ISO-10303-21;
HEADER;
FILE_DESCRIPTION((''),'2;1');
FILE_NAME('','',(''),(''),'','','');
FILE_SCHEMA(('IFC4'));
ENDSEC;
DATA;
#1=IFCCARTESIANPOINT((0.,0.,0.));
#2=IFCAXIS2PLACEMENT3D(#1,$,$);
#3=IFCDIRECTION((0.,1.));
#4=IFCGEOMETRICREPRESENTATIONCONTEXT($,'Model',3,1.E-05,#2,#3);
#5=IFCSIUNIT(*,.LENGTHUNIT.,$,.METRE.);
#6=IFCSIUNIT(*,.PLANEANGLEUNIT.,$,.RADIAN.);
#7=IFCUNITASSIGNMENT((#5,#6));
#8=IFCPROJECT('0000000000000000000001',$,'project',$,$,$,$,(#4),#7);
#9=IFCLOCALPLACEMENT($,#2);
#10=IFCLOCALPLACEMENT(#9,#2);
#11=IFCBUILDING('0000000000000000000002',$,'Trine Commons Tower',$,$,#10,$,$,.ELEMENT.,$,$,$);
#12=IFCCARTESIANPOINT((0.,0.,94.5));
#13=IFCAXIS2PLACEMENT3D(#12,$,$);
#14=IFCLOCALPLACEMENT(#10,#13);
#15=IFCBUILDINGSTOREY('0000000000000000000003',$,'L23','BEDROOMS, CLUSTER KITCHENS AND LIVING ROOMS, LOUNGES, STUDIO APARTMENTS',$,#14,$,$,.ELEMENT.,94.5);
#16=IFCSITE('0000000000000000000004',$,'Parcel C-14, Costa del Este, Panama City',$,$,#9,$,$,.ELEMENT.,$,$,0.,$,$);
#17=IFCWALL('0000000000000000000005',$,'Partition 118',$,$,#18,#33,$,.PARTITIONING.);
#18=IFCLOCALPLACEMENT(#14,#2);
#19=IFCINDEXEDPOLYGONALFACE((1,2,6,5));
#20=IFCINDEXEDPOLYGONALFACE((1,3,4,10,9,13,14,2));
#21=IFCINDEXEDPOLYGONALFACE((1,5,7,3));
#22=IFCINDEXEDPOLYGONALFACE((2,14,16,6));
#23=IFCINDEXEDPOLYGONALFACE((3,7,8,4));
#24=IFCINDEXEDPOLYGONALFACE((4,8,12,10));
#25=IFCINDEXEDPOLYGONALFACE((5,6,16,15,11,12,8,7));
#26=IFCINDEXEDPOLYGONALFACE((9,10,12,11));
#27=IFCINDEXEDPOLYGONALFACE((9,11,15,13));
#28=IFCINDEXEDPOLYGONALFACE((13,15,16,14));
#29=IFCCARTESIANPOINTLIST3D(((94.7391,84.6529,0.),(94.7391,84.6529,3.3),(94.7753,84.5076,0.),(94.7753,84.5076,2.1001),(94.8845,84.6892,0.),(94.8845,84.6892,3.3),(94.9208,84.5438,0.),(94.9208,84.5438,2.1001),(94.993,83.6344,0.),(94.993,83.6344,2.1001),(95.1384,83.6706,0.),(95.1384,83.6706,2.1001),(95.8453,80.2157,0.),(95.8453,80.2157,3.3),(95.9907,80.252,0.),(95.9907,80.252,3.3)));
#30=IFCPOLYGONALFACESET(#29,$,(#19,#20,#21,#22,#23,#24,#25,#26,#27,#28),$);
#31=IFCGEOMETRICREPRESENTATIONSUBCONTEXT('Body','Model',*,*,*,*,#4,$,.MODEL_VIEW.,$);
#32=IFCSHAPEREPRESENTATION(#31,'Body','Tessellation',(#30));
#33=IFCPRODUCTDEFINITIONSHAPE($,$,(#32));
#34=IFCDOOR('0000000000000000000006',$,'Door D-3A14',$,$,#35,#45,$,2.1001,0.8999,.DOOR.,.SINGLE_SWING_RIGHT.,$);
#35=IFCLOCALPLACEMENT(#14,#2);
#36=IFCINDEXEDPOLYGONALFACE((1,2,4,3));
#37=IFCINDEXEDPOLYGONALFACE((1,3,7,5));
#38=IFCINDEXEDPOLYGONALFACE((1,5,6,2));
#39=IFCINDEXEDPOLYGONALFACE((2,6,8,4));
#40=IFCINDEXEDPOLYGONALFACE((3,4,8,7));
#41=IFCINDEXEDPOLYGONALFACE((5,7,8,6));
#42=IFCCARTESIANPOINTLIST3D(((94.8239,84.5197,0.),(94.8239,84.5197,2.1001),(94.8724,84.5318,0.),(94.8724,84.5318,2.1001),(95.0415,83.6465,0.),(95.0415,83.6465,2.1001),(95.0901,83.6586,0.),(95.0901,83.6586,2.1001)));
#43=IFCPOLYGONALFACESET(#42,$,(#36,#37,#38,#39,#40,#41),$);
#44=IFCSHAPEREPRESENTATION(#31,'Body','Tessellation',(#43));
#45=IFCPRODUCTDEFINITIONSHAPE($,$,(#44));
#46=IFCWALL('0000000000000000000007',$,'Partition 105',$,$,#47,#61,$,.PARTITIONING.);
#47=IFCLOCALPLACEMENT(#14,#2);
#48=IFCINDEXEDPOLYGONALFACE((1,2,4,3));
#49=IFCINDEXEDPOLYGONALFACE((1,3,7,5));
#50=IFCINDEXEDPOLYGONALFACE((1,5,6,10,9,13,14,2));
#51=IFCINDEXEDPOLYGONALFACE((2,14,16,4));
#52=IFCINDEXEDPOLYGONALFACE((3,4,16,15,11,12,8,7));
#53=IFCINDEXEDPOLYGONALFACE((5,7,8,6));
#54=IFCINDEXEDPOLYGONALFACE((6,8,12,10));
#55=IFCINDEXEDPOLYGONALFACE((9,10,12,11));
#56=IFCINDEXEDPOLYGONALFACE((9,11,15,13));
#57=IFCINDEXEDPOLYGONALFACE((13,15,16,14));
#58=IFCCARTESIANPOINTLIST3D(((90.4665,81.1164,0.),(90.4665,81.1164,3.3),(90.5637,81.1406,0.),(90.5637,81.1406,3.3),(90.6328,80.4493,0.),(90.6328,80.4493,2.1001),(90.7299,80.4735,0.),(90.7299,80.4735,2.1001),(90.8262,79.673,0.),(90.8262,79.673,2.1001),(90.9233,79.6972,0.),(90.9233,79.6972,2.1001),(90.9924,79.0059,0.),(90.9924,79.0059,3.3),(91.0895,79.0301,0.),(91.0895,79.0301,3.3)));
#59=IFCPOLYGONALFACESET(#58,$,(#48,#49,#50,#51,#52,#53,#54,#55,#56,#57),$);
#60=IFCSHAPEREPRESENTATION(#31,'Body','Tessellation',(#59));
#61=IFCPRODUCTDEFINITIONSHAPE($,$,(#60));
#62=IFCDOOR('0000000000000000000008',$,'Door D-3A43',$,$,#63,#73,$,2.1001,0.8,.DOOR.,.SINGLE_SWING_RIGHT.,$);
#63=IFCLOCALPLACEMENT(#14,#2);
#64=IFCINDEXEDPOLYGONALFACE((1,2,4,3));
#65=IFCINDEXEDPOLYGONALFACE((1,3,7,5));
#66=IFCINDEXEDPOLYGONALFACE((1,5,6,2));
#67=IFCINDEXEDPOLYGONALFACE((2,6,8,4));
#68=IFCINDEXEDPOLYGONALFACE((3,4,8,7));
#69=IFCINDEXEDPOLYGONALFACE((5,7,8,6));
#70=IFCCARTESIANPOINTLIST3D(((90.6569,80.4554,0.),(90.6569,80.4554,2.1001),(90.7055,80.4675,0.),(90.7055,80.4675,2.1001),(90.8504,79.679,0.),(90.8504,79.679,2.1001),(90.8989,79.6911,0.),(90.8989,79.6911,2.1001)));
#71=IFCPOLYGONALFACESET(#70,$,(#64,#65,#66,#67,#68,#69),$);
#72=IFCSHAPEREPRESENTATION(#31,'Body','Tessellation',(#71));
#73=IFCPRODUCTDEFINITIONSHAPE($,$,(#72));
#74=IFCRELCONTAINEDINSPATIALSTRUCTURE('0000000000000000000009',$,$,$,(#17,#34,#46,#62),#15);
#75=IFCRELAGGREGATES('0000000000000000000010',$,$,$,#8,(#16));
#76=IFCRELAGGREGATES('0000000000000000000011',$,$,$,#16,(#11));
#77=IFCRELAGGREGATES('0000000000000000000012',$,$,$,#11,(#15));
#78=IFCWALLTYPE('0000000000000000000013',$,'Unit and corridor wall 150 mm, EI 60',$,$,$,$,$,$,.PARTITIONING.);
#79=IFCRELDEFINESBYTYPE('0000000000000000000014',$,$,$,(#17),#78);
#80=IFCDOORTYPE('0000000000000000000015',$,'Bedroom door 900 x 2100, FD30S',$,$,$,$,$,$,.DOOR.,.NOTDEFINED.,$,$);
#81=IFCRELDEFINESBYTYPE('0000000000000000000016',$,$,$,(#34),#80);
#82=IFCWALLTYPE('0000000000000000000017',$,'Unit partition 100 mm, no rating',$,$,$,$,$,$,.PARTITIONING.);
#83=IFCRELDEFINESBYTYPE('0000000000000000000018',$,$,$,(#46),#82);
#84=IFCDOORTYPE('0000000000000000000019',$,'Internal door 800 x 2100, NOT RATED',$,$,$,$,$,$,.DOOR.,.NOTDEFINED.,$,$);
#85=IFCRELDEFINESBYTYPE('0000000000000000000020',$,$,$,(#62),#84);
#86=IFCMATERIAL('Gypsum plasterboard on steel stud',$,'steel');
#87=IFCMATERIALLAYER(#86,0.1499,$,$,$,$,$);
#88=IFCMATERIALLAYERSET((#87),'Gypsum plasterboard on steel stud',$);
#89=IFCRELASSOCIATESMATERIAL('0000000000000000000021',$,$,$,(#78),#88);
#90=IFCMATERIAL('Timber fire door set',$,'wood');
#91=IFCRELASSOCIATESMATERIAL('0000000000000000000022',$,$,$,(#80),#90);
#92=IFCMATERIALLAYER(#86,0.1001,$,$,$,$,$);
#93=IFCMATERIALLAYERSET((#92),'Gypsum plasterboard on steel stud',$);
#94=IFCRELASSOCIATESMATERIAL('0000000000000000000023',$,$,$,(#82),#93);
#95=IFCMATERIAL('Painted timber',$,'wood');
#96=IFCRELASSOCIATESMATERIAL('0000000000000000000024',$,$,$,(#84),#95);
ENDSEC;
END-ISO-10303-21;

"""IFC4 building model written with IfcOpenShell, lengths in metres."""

from ifc_helpers import new_model, si_unit, direction, frame, frame_2d, origin, place, context, subcontext, project, spatial, rectangle, extrude, material, layer, layer_set, type_object, element, fill, save


model = new_model("IFC4")

# Units and contexts
model_context = context("Model", 3, precision=1e-05, world=origin(), true_north=direction((0.0, 1.0)))
body_context = subcontext(model_context, "Body", "Model", "MODEL_VIEW")
ifc_project = project(units=[si_unit("LENGTHUNIT", "METRE"), si_unit("PLANEANGLEUNIT", "RADIAN")], contexts=[model_context])

# Site, building, storey
site_placement = place(None, origin())
site = spatial("IfcSite", under=ifc_project, at=site_placement, Name="Parcel C-14, Costa del Este, Panama City", CompositionType="ELEMENT", RefElevation=0.0)
building_placement = place(site_placement, origin())
building = spatial("IfcBuilding", under=site, at=building_placement, Name="Trine Commons Tower", CompositionType="ELEMENT")
storey_placement = place(building_placement, frame((0.0, 0.0, 94.5)))
storey = spatial("IfcBuildingStorey", under=building, at=storey_placement, Name="L23", Description="BEDROOMS, CLUSTER KITCHENS AND LIVING ROOMS, LOUNGES, STUDIO APARTMENTS", CompositionType="ELEMENT", Elevation=94.5)

# Shared definitions
ifc_material_1 = material(Name="Gypsum plasterboard on steel stud", Category="steel")
ifc_layer_1 = layer(ifc_material_1, 0.1499)
ifc_layer_set_1 = layer_set([ifc_layer_1], Name="Gypsum plasterboard on steel stud")
wall_type_1 = type_object("IfcWallType", Name="Unit and corridor wall 150 mm, EI 60", PredefinedType="PARTITIONING", material=ifc_layer_set_1)

# Walls, openings, doors
wall_1_placement = place(storey_placement, frame((94.8118, 84.6711, 0.0), z_axis=(0.0, 0.0, 1.0), x_axis=(0.241895, -0.970302, 0.0)))
wall_1 = element("IfcWall", 1, at=wall_1_placement, inside=storey, type_object=wall_type_1, Name="Partition 118", PredefinedType="PARTITIONING", context=body_context, shape_type="SweptSolid", body=[
    extrude(rectangle(XDim=4.573, YDim=0.1499, at=frame_2d((2.2866, 0.0))), origin(), (0.0, 0.0, 1.0), 3.3),
])
opening_1_placement = place(wall_1_placement, frame((0.1499, 0.0, 0.0)))
opening_1 = element("IfcOpeningElement", 2, at=opening_1_placement, cuts=wall_1, PredefinedType="OPENING", context=body_context, shape_type="SweptSolid", body=[
    extrude(rectangle(XDim=0.8999, YDim=2.1001, at=frame_2d((0.45, 1.05))), frame((0.0, 0.085, 0.0), z_axis=(0.0, -1.0, 0.0), x_axis=(1.0, 0.0, 0.0)), (0.0, 0.0, 1.0), 0.1699),
])
ifc_material_2 = material(Name="Timber fire door set", Category="wood")
door_type_1 = type_object("IfcDoorType", Name="Bedroom door 900 x 2100, FD30S", OperationType="NOTDEFINED", PredefinedType="DOOR", material=ifc_material_2)
door_1_placement = place(opening_1_placement, frame((0.8999, 0.0, 0.0), z_axis=(0.0, 0.0, 1.0), x_axis=(-1.0, 0.0, 0.0)))
door_1 = element("IfcDoor", 3, at=door_1_placement, inside=storey, type_object=door_type_1, Name="Door D-3A14", OperationType="SINGLE_SWING_RIGHT", OverallHeight=2.1001, OverallWidth=0.8999, PredefinedType="DOOR", context=body_context, shape_type="SweptSolid", body=[
    extrude(rectangle(XDim=0.8999, YDim=2.1001, at=frame_2d((0.45, 1.05))), frame((0.0, 0.0249, 0.0), z_axis=(0.0, -1.0, 0.0), x_axis=(1.0, 0.0, 0.0)), (0.0, 0.0, 1.0), 0.05),
])
fill(opening_1, door_1)
ifc_layer_2 = layer(ifc_material_1, 0.1001)
ifc_layer_set_2 = layer_set([ifc_layer_2], Name="Gypsum plasterboard on steel stud")
wall_type_2 = type_object("IfcWallType", Name="Unit partition 100 mm, no rating", PredefinedType="PARTITIONING", material=ifc_layer_set_2)
wall_2_placement = place(storey_placement, frame((90.5151, 81.1284, 0.0), z_axis=(0.0, 0.0, 1.0), x_axis=(0.24177, -0.970334, 0.0)))
wall_2 = element("IfcWall", 4, at=wall_2_placement, inside=storey, type_object=wall_type_2, Name="Partition 105", PredefinedType="PARTITIONING", context=body_context, shape_type="SweptSolid", body=[
    extrude(rectangle(XDim=2.175, YDim=0.1001, at=frame_2d((1.0874, 0.0))), origin(), (0.0, 0.0, 1.0), 3.3),
])
opening_2_placement = place(wall_2_placement, frame((0.6875, 0.0, 0.0)))
opening_2 = element("IfcOpeningElement", 5, at=opening_2_placement, cuts=wall_2, PredefinedType="OPENING", context=body_context, shape_type="SweptSolid", body=[
    extrude(rectangle(XDim=0.8, YDim=2.1001, at=frame_2d((0.3999, 1.05))), frame((0.0, 0.0601, 0.0), z_axis=(0.0, -1.0, 0.0), x_axis=(1.0, 0.0, 0.0)), (0.0, 0.0, 1.0), 0.1201),
])
ifc_material_3 = material(Name="Painted timber", Category="wood")
door_type_2 = type_object("IfcDoorType", Name="Internal door 800 x 2100, NOT RATED", OperationType="NOTDEFINED", PredefinedType="DOOR", material=ifc_material_3)
door_2_placement = place(opening_2_placement, origin())
door_2 = element("IfcDoor", 6, at=door_2_placement, inside=storey, type_object=door_type_2, Name="Door D-3A43", OperationType="SINGLE_SWING_RIGHT", OverallHeight=2.1001, OverallWidth=0.8, PredefinedType="DOOR", context=body_context, shape_type="SweptSolid", body=[
    extrude(rectangle(XDim=0.8, YDim=2.1001, at=frame_2d((0.3999, 1.05))), frame((0.0, 0.0249, 0.0), z_axis=(0.0, -1.0, 0.0), x_axis=(1.0, 0.0, 0.0)), (0.0, 0.0, 1.0), 0.05),
])
fill(opening_2, door_2)

save(model, "model.ifc")
